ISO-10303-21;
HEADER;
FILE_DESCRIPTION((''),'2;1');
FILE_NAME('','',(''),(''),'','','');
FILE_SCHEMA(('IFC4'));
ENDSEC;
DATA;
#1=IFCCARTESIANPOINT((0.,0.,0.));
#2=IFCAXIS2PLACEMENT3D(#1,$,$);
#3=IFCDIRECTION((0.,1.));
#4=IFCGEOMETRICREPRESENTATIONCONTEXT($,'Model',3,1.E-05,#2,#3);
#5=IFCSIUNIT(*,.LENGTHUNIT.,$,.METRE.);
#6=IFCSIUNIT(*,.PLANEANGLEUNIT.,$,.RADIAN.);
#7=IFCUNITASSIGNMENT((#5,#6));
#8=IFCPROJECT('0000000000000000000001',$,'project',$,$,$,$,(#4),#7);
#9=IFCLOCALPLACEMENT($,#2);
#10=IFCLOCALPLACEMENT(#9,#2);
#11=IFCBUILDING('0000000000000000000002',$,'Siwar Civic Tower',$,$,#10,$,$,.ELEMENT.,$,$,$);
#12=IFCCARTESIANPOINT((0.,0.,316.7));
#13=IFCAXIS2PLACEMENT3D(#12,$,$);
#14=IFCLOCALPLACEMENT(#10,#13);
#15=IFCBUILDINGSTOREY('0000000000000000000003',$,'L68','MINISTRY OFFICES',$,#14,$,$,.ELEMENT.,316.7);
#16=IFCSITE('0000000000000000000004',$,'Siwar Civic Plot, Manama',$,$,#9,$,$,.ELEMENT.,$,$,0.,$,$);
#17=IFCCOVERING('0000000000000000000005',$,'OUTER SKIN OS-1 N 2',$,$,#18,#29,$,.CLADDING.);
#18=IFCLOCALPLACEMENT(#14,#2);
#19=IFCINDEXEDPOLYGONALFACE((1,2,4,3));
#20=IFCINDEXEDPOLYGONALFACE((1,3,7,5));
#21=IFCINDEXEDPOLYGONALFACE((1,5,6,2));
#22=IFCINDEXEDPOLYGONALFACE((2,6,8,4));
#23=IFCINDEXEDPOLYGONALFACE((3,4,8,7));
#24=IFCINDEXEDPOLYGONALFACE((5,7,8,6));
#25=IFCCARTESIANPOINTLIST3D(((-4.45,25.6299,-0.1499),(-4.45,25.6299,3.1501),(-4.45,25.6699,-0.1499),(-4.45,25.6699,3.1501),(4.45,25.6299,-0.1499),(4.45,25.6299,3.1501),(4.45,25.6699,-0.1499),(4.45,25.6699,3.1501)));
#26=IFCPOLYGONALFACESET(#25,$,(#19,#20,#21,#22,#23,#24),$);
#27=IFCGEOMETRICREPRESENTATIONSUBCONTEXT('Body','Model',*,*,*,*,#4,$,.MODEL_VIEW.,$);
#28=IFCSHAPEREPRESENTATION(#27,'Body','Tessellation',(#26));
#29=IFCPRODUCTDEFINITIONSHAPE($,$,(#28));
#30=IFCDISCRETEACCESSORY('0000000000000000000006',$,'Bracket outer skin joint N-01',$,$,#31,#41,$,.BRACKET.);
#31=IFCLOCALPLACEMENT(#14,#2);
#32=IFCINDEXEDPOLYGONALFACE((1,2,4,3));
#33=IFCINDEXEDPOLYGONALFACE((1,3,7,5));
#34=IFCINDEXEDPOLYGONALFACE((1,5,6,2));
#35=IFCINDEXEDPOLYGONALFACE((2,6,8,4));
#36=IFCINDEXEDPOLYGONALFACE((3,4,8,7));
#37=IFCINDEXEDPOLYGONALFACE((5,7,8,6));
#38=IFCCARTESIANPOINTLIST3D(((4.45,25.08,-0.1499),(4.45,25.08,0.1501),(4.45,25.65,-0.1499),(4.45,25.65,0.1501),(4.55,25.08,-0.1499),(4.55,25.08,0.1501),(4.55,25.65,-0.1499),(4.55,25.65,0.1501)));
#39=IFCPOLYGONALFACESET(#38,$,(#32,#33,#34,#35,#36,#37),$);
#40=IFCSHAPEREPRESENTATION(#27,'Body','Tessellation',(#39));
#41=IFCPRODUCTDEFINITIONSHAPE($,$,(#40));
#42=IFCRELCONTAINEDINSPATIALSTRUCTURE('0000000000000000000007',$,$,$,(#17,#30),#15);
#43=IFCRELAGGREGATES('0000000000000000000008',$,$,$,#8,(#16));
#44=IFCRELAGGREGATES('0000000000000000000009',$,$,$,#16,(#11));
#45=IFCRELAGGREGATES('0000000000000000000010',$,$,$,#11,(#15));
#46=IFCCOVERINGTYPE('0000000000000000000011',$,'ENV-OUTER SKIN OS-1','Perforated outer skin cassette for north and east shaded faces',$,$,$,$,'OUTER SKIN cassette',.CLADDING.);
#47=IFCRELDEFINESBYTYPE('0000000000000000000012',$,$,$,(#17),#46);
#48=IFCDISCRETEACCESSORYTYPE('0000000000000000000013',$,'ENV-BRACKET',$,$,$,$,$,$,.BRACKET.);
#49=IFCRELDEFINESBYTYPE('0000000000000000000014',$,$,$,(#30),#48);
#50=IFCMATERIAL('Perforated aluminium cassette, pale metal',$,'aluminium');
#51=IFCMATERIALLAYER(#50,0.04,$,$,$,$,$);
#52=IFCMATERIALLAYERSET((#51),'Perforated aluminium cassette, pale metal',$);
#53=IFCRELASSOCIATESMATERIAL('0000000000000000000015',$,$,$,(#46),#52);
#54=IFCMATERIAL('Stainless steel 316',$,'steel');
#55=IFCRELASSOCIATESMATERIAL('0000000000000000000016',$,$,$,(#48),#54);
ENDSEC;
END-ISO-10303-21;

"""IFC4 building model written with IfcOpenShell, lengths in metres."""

from ifc_helpers import new_model, si_unit, direction, frame, origin, origin_2d, place, context, subcontext, project, spatial, rectangle, extrude, material, layer, layer_set, type_object, element, save


model = new_model("IFC4")

# Units and contexts
model_context = context("Model", 3, precision=1e-05, world=origin(), true_north=direction((0.0, 1.0)))
body_context = subcontext(model_context, "Body", "Model", "MODEL_VIEW")
ifc_project = project(units=[si_unit("LENGTHUNIT", "METRE"), si_unit("PLANEANGLEUNIT", "RADIAN")], contexts=[model_context])

# Site, building, storey
site_placement = place(None, origin())
site = spatial("IfcSite", under=ifc_project, at=site_placement, Name="Siwar Civic Plot, Manama", CompositionType="ELEMENT", RefElevation=0.0)
building_placement = place(site_placement, origin())
building = spatial("IfcBuilding", under=site, at=building_placement, Name="Siwar Civic Tower", CompositionType="ELEMENT")
storey_placement = place(building_placement, frame((0.0, 0.0, 316.7)))
storey = spatial("IfcBuildingStorey", under=building, at=storey_placement, Name="L68", Description="MINISTRY OFFICES", CompositionType="ELEMENT", Elevation=316.7)

# Covering
ifc_material_1 = material(Name="Perforated aluminium cassette, pale metal", Category="aluminium")
ifc_layer_1 = layer(ifc_material_1, 0.04)
ifc_layer_set_1 = layer_set([ifc_layer_1], Name="Perforated aluminium cassette, pale metal")
covering_type = type_object("IfcCoveringType", Name="ENV-OUTER SKIN OS-1", Description="Perforated outer skin cassette for north and east shaded faces", ElementType="OUTER SKIN cassette", PredefinedType="CLADDING", material=ifc_layer_set_1)
covering_1_placement = place(storey_placement, frame((0.0, 25.6499, -0.1499), z_axis=(0.0, 0.0, 1.0), x_axis=(-1.0, 0.0, 0.0)))
element("IfcCovering", 1, at=covering_1_placement, inside=storey, type_object=covering_type, Name="OUTER SKIN OS-1 N 2", PredefinedType="CLADDING", context=body_context, shape_type="SweptSolid", body=[
    extrude(rectangle(XDim=8.8999, YDim=0.04, at=origin_2d()), origin(), (0.0, 0.0, 1.0), 3.3),
])

# Discrete accessory
ifc_material_2 = material(Name="Stainless steel 316", Category="steel")
discrete_accessory_type = type_object("IfcDiscreteAccessoryType", Name="ENV-BRACKET", PredefinedType="BRACKET", material=ifc_material_2)
discrete_accessory_placement = place(storey_placement, frame((4.5, 25.365, -0.1499), z_axis=(0.0, 0.0, 1.0), x_axis=(0.0, 1.0, 0.0)))
element("IfcDiscreteAccessory", 2, at=discrete_accessory_placement, inside=storey, type_object=discrete_accessory_type, Name="Bracket outer skin joint N-01", PredefinedType="BRACKET", context=body_context, shape_type="SweptSolid", body=[
    extrude(rectangle(XDim=0.5701, YDim=0.1001, at=origin_2d()), origin(), (0.0, 0.0, 1.0), 0.3),
])

save(model, "model.ifc")
